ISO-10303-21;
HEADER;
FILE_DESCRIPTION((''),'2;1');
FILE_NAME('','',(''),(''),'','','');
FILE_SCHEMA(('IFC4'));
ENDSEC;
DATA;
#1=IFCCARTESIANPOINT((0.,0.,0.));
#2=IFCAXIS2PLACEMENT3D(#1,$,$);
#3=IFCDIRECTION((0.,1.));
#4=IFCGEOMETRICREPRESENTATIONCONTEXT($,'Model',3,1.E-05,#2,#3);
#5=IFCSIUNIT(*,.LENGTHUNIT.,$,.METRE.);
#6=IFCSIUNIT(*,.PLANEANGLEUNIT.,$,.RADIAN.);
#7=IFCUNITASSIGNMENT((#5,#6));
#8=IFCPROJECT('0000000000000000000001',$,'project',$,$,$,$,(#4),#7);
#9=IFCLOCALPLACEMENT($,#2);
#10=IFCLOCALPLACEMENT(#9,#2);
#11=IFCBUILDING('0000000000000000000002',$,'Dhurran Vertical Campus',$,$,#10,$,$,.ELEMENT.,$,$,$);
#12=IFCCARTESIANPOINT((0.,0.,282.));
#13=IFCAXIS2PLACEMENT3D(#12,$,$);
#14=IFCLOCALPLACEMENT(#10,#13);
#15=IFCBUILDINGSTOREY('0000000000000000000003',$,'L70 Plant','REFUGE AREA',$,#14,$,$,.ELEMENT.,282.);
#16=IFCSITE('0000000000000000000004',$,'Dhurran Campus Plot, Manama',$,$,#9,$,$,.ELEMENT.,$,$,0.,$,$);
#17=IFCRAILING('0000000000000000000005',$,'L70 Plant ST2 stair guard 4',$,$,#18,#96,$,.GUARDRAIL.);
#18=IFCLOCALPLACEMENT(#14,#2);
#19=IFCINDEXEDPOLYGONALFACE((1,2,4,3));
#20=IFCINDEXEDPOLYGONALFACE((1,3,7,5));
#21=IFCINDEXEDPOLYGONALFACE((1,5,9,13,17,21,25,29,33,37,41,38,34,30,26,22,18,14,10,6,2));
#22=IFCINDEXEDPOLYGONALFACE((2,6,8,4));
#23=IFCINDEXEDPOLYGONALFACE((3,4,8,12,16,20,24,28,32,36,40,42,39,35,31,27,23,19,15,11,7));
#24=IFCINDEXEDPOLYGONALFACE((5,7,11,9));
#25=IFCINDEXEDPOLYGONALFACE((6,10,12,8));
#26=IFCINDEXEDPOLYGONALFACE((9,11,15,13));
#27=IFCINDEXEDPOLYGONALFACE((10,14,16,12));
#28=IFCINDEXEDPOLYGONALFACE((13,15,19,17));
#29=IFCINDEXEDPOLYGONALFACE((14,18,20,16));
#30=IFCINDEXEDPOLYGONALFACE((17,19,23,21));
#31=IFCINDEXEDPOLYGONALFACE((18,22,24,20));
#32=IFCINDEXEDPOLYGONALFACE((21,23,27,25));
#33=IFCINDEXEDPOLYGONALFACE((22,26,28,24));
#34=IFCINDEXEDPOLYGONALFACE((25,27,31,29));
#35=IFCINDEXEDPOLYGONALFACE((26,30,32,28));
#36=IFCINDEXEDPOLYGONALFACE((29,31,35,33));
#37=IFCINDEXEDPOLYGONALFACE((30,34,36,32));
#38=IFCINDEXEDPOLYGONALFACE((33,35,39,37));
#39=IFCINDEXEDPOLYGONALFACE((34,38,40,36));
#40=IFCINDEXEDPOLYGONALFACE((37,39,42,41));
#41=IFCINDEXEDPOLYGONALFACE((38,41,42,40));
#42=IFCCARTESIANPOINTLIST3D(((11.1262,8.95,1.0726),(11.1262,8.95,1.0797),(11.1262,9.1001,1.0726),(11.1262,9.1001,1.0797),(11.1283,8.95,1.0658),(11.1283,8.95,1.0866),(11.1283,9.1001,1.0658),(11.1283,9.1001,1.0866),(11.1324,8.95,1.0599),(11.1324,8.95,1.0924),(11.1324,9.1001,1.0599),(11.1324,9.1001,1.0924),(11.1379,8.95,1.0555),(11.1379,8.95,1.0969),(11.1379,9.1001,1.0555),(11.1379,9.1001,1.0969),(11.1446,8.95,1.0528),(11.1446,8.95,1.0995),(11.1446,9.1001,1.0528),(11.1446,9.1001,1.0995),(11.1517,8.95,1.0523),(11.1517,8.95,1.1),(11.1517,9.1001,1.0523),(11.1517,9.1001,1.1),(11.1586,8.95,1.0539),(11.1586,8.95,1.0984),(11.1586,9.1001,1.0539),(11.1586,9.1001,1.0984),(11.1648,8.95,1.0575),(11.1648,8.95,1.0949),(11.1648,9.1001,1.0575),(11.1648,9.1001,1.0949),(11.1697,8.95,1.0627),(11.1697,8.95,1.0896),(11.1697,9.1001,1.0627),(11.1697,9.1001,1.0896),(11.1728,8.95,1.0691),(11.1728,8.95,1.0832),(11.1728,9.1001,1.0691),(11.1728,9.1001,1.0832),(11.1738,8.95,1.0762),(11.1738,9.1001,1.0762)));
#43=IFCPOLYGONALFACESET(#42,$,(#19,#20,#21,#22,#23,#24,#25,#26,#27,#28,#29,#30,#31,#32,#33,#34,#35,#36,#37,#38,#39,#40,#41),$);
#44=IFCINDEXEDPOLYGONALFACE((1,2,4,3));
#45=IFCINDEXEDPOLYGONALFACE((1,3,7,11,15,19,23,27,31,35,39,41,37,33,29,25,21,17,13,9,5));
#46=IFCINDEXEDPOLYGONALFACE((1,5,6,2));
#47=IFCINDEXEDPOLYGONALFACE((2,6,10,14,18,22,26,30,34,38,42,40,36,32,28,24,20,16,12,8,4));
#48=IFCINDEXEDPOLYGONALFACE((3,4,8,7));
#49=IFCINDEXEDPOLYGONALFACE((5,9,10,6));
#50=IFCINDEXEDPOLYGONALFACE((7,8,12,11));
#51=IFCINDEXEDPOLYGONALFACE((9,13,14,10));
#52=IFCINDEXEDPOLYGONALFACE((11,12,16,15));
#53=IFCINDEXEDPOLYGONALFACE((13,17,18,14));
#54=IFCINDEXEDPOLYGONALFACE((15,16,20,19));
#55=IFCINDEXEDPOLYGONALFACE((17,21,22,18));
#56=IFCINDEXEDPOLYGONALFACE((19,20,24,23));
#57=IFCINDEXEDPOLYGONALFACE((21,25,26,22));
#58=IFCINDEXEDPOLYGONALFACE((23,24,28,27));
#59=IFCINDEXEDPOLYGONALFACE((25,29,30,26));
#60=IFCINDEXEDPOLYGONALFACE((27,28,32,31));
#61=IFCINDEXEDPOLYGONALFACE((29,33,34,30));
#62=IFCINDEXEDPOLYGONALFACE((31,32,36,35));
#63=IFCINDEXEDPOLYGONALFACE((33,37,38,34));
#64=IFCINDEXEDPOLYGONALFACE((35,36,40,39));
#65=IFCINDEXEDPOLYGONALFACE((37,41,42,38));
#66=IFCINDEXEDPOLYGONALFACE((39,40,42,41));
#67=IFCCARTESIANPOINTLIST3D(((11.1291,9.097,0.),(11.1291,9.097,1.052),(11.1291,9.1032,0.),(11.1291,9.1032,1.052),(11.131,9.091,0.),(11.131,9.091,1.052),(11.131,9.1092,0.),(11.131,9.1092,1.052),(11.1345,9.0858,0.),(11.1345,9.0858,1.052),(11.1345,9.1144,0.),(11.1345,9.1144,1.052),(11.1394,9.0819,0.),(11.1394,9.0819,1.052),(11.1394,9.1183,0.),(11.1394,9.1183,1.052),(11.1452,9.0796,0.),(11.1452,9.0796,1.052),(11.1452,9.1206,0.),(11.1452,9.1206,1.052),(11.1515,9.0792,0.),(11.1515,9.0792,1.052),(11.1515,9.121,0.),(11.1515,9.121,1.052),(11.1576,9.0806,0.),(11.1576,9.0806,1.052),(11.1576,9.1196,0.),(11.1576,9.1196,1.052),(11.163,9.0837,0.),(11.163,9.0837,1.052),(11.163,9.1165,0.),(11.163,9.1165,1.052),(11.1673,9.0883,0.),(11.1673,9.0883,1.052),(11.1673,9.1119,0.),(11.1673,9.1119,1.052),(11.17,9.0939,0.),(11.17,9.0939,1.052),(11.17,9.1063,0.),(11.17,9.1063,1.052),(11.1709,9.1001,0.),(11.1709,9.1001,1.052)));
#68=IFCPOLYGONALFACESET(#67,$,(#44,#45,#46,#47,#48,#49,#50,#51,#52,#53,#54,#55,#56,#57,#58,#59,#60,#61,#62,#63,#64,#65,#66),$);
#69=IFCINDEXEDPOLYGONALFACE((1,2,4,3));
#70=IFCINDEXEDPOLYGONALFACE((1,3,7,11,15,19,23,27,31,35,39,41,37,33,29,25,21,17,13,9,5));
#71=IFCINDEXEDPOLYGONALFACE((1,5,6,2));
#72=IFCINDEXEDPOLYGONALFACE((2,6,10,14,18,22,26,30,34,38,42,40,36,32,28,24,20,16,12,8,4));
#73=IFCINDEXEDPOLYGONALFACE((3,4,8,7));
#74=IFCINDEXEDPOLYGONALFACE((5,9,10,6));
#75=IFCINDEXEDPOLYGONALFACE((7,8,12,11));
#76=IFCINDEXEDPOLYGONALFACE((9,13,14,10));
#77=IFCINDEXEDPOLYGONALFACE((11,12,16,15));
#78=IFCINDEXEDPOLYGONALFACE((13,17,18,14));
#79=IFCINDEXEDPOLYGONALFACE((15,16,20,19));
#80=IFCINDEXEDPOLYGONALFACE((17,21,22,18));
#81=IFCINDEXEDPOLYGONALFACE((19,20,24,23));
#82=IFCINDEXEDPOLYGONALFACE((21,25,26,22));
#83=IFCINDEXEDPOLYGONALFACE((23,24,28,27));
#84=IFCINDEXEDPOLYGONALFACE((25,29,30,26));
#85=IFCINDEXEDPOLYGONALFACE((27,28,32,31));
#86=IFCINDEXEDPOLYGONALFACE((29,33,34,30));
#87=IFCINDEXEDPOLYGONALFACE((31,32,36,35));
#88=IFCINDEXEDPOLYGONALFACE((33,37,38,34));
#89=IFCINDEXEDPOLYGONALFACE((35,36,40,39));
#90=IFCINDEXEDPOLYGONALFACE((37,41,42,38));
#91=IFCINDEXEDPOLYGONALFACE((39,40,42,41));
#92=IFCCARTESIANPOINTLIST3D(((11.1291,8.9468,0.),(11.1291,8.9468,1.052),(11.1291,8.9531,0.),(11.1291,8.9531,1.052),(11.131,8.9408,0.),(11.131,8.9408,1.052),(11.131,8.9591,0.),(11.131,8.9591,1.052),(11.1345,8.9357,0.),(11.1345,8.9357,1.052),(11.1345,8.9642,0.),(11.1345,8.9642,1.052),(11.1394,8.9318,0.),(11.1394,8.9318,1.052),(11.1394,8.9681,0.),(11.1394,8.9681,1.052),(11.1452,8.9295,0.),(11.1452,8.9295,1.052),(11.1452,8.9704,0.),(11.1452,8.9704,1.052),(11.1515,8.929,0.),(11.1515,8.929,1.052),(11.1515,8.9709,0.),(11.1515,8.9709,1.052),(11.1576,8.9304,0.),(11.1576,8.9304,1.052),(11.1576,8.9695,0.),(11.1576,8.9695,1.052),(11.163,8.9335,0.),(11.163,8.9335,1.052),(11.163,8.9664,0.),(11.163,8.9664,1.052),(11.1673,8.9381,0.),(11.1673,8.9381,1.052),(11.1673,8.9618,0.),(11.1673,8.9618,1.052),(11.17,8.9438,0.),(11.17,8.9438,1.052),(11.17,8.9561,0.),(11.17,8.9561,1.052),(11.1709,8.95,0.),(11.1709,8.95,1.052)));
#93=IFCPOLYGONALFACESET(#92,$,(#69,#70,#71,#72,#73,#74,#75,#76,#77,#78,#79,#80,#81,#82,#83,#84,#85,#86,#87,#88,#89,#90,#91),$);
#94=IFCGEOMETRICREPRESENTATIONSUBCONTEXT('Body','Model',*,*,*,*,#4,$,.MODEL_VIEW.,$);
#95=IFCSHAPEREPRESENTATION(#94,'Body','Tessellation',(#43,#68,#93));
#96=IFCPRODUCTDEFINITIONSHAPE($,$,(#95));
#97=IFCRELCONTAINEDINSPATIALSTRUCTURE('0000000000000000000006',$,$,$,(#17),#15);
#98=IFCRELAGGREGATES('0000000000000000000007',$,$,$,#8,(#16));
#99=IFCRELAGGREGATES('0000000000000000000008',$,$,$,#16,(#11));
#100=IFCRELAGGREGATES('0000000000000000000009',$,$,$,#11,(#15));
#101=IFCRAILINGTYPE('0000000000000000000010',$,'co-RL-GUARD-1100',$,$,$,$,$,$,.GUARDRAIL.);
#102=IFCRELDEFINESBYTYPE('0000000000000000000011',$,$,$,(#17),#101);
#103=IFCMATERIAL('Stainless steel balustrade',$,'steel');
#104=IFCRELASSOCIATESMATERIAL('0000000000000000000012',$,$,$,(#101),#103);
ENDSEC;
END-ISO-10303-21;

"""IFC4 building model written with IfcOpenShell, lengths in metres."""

from ifc_helpers import new_model, si_unit, direction, frame, origin, origin_2d, place, context, subcontext, project, spatial, circle, extrude, material, type_object, element, save


model = new_model("IFC4")

# Units and contexts
model_context = context("Model", 3, precision=1e-05, world=origin(), true_north=direction((0.0, 1.0)))
body_context = subcontext(model_context, "Body", "Model", "MODEL_VIEW")
ifc_project = project(units=[si_unit("LENGTHUNIT", "METRE"), si_unit("PLANEANGLEUNIT", "RADIAN")], contexts=[model_context])

# Site, building, storey
site_placement = place(None, origin())
site = spatial("IfcSite", under=ifc_project, at=site_placement, Name="Dhurran Campus Plot, Manama", CompositionType="ELEMENT", RefElevation=0.0)
building_placement = place(site_placement, origin())
building = spatial("IfcBuilding", under=site, at=building_placement, Name="Dhurran Vertical Campus", CompositionType="ELEMENT")
storey_placement = place(building_placement, frame((0.0, 0.0, 282.0)))
storey = spatial("IfcBuildingStorey", under=building, at=storey_placement, Name="L70 Plant", Description="REFUGE AREA", CompositionType="ELEMENT", Elevation=282.0)

# Railing
ifc_material_1 = material(Name="Stainless steel balustrade", Category="steel")
railing_type_1 = type_object("IfcRailingType", Name="co-RL-GUARD-1100", PredefinedType="GUARDRAIL", material=ifc_material_1)
railing_1_placement = place(storey_placement, frame((11.1499, 9.1001, 0.0)))
element("IfcRailing", 1, at=railing_1_placement, inside=storey, type_object=railing_type_1, Name="L70 Plant ST2 stair guard 4", PredefinedType="GUARDRAIL", context=body_context, shape_type="SweptSolid", body=[
    extrude(circle(Radius=0.0239, at=origin_2d()), frame((0.0, 0.0, 1.0762), z_axis=(0.0, -1.0, 0.0), x_axis=(1.0, 0.0, 0.0)), (0.0, 0.0, 1.0), 0.1501),
    extrude(circle(Radius=0.021, at=origin_2d()), origin(), (0.0, 0.0, 1.0), 1.052),
    extrude(circle(Radius=0.021, at=origin_2d()), frame((0.0, -0.1501, 0.0)), (0.0, 0.0, 1.0), 1.052),
])

save(model, "model.ifc")
